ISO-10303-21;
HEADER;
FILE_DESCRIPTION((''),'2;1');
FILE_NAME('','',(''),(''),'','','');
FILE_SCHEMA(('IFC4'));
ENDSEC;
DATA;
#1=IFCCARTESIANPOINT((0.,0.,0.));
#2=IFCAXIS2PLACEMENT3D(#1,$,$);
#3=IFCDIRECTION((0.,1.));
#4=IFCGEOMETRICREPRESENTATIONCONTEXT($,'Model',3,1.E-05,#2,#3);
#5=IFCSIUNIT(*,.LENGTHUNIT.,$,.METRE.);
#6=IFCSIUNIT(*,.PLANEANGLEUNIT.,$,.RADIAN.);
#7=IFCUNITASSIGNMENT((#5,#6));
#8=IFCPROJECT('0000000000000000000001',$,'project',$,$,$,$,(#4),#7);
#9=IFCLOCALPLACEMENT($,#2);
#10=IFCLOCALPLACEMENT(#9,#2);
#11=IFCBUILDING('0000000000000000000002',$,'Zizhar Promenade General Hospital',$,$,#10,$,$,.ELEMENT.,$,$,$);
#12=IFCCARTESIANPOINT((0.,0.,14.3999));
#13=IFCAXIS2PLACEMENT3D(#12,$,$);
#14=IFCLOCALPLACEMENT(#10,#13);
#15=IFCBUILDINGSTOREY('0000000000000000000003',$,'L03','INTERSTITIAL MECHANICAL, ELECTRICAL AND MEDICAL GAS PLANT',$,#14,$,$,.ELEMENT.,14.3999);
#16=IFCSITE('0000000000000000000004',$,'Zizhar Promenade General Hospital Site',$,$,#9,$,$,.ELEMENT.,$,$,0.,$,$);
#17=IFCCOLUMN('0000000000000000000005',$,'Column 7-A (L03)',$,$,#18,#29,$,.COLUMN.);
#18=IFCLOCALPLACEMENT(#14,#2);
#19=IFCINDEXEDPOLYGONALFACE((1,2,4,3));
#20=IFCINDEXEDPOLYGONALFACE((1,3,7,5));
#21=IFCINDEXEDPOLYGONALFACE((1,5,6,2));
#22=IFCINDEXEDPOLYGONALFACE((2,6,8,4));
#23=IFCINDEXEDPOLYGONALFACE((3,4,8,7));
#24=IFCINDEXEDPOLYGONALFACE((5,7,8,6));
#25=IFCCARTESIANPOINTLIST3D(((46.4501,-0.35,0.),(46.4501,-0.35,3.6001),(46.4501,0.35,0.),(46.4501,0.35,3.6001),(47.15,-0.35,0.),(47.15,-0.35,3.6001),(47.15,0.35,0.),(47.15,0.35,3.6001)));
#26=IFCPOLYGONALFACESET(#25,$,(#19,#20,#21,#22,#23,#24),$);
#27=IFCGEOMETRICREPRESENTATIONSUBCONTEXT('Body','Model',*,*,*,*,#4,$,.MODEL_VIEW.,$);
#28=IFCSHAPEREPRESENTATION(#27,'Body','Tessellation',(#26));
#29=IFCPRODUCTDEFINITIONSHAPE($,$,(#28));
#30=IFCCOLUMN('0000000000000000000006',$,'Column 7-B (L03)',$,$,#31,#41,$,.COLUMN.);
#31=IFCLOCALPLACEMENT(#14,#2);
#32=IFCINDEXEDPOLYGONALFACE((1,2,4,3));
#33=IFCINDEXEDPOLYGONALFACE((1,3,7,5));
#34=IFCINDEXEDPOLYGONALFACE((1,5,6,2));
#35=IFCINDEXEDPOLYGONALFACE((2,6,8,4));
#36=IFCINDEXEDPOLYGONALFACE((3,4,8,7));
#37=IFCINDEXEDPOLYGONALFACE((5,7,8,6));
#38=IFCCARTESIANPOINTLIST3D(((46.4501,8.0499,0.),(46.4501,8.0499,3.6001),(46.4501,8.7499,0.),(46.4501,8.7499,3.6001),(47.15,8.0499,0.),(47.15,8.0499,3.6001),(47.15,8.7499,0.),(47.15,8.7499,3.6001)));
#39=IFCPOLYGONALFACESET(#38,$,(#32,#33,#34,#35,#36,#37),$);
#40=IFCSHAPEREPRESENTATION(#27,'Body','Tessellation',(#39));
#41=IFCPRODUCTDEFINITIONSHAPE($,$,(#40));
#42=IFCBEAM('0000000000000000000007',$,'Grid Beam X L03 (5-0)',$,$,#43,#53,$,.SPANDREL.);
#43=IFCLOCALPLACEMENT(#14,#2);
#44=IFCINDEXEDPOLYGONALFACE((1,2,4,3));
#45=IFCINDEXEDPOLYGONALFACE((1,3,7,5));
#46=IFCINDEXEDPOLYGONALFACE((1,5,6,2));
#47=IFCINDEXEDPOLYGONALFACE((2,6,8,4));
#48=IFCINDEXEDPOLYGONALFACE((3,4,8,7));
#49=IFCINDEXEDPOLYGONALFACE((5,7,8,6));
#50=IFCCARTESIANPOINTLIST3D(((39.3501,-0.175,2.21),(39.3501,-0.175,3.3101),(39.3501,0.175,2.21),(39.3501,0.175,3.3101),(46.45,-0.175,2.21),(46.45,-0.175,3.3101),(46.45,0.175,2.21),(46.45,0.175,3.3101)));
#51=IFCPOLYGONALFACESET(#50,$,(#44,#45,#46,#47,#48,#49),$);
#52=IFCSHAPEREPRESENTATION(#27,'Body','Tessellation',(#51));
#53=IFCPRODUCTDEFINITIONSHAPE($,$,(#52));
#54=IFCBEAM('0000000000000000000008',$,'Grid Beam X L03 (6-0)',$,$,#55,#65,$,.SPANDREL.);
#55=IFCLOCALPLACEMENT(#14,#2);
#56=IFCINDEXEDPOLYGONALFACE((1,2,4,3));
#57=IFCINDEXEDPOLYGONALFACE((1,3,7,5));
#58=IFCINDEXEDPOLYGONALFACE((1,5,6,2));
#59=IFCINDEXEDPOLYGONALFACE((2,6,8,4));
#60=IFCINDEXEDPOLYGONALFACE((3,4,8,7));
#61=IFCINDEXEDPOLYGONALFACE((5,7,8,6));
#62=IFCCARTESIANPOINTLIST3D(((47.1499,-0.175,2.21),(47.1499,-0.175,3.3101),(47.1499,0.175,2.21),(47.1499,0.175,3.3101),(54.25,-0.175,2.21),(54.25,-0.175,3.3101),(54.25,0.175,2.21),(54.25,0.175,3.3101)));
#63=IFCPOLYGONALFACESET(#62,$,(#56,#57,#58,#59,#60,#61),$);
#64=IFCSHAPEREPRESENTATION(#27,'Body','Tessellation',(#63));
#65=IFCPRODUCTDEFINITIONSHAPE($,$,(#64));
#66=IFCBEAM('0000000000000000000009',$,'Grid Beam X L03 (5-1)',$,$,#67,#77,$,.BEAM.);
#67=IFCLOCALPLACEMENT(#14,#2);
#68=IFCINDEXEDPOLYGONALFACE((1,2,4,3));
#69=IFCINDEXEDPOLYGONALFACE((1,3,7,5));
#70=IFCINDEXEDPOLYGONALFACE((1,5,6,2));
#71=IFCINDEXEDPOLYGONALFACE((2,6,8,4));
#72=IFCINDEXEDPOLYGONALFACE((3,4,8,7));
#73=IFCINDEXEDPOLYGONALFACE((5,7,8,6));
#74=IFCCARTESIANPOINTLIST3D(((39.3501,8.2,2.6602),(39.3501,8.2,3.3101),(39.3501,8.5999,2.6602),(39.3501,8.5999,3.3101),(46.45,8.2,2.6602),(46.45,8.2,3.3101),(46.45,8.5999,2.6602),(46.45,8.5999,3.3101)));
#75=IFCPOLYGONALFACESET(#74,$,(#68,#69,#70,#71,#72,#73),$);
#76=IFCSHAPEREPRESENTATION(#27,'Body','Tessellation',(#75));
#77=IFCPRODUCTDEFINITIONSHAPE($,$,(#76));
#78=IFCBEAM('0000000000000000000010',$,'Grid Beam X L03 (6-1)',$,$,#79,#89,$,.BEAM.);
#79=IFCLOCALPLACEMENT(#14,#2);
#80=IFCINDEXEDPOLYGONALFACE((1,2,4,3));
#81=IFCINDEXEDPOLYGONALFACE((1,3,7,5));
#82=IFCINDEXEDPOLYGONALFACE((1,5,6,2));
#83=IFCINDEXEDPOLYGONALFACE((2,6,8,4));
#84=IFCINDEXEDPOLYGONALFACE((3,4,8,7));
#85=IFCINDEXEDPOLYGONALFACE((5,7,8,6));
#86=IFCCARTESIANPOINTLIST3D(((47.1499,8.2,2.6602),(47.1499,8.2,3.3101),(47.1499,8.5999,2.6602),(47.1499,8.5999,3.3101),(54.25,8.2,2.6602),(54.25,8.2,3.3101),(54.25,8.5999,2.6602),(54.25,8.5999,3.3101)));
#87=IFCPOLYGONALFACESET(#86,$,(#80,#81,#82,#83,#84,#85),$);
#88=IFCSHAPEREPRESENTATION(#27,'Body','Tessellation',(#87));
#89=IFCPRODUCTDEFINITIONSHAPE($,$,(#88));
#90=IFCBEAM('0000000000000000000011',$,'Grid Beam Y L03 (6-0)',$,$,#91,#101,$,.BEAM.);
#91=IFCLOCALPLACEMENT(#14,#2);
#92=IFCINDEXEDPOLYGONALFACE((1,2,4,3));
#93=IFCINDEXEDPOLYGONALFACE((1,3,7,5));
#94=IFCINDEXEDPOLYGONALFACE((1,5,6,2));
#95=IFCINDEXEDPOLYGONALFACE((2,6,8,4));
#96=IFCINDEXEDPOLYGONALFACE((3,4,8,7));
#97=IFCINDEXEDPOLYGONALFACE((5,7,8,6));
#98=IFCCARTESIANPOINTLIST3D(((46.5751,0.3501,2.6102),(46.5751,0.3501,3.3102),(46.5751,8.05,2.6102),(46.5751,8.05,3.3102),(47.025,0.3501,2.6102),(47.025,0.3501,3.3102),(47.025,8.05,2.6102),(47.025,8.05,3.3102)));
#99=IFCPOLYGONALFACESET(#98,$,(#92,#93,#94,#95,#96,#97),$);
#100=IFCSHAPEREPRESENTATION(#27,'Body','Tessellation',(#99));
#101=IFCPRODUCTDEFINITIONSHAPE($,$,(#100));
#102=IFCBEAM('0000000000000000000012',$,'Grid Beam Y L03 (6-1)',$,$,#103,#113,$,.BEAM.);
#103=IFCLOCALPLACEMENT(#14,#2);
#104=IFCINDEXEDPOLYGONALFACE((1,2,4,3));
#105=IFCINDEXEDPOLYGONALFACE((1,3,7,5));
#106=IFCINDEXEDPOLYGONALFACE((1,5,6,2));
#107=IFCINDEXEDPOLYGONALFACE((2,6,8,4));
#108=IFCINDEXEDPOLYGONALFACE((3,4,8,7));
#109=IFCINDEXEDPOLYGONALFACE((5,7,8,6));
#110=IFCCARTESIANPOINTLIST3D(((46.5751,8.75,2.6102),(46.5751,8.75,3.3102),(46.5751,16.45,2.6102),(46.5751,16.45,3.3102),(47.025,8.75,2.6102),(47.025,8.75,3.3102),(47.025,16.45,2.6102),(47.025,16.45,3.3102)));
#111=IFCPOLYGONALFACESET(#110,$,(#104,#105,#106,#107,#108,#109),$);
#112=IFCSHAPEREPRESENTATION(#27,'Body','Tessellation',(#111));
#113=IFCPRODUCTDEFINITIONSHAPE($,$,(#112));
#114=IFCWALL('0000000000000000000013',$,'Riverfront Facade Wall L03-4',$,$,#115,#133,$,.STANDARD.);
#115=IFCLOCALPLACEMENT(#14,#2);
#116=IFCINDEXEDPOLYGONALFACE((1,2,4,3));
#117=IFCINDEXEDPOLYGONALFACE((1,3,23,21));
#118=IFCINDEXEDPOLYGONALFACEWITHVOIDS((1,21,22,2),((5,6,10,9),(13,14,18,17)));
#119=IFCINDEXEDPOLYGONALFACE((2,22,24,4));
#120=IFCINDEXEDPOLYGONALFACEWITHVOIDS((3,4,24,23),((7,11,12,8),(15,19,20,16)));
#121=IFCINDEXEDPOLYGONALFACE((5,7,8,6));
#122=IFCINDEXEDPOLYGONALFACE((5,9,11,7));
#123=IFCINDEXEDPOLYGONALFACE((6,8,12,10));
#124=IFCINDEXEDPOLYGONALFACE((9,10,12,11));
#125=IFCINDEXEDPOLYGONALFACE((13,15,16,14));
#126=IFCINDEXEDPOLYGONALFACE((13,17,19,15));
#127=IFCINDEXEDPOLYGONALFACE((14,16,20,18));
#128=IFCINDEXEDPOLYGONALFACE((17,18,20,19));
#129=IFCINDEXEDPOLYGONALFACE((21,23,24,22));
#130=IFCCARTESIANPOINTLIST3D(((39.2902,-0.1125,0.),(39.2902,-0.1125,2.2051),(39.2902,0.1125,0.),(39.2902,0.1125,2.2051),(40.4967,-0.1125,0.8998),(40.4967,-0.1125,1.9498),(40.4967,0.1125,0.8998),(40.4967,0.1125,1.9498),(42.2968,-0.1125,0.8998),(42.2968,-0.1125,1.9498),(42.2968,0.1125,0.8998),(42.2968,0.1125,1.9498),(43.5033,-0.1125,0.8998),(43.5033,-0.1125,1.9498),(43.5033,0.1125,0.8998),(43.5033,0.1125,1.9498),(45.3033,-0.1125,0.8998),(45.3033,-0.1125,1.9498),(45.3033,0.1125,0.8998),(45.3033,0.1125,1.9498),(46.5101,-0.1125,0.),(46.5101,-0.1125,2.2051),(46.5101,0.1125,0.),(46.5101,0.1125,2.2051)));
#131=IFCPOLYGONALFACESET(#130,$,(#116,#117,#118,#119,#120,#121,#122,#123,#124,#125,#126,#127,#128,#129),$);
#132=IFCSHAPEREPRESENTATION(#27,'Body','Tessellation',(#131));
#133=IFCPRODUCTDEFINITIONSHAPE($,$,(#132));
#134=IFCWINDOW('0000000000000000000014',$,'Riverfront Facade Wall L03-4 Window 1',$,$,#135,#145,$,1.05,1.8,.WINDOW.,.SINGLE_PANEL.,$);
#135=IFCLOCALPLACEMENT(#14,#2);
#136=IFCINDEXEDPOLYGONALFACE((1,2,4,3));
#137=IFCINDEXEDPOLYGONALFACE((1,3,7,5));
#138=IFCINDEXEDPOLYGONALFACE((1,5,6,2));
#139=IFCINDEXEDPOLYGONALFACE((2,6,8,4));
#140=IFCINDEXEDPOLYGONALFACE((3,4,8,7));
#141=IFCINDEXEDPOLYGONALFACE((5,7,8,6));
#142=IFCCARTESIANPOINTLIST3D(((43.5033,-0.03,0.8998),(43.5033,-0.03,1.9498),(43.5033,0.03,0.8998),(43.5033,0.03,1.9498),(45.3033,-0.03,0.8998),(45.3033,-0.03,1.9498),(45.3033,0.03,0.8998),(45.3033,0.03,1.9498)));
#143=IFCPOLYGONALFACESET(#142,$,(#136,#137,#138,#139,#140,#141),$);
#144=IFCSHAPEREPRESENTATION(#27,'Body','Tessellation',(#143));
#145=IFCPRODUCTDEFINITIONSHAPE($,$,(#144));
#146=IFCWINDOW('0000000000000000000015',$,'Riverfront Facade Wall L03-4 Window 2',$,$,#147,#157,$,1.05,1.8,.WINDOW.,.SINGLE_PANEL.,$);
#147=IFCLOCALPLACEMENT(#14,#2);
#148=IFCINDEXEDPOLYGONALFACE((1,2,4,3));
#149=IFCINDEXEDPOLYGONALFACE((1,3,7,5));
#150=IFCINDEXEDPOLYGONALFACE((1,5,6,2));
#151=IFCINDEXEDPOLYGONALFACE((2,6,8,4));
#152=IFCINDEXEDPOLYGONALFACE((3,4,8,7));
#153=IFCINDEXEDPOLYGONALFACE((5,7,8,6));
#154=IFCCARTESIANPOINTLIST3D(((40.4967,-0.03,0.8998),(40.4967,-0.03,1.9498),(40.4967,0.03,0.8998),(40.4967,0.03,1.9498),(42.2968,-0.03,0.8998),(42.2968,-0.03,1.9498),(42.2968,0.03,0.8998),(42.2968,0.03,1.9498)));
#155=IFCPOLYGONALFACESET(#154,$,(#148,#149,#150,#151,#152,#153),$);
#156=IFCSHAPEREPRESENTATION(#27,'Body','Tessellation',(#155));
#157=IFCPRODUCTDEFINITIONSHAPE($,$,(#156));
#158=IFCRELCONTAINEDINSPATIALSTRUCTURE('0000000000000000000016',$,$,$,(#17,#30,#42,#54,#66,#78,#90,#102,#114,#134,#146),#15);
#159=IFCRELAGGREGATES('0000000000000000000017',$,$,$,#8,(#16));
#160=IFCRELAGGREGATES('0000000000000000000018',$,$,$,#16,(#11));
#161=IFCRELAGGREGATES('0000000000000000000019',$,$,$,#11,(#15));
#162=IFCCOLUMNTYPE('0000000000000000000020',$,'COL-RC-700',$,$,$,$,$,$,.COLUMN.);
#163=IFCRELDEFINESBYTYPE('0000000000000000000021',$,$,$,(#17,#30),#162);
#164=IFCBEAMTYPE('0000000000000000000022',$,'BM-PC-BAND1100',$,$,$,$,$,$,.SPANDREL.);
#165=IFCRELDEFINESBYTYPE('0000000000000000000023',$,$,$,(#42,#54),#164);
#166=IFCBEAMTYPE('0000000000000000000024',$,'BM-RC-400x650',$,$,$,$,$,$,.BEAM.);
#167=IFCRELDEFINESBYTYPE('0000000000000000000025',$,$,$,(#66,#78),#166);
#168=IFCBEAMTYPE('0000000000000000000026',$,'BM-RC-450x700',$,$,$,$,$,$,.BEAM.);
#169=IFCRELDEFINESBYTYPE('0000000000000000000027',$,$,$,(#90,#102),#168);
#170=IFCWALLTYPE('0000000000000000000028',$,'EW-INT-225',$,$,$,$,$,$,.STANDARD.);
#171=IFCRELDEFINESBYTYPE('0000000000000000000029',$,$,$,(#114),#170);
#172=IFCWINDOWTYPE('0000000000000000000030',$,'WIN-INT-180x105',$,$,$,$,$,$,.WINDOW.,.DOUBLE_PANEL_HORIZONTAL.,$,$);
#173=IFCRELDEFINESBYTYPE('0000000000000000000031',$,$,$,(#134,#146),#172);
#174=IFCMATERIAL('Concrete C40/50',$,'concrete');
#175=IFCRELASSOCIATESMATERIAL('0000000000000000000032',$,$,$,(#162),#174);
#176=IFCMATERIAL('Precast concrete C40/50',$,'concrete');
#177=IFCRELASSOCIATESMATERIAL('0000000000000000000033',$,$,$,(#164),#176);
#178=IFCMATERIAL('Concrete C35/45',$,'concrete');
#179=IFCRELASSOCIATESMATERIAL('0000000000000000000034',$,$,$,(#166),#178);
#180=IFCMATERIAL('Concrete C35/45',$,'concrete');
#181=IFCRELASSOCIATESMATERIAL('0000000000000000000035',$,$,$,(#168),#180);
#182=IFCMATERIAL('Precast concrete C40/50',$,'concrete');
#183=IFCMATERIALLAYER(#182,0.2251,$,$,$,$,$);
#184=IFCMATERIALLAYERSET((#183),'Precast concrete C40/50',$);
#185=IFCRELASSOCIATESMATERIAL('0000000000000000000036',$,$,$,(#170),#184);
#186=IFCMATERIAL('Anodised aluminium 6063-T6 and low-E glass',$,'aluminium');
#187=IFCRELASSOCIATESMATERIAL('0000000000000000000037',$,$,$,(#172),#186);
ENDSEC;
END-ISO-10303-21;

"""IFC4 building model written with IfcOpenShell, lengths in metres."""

from ifc_helpers import new_model, si_unit, direction, frame, frame_2d, origin, origin_2d, place, context, subcontext, project, spatial, rectangle, extrude, material, layer, layer_set, material_profile, profile_set, type_object, element, fill, save


model = new_model("IFC4")

# Units and contexts
model_context = context("Model", 3, precision=1e-05, world=origin(), true_north=direction((0.0, 1.0)))
body_context = subcontext(model_context, "Body", "Model", "MODEL_VIEW")
ifc_project = project(units=[si_unit("LENGTHUNIT", "METRE"), si_unit("PLANEANGLEUNIT", "RADIAN")], contexts=[model_context])

# Site, building, storey
site_placement = place(None, origin())
site = spatial("IfcSite", under=ifc_project, at=site_placement, Name="Zizhar Promenade General Hospital Site", CompositionType="ELEMENT", RefElevation=0.0)
building_placement = place(site_placement, origin())
building = spatial("IfcBuilding", under=site, at=building_placement, Name="Zizhar Promenade General Hospital", CompositionType="ELEMENT")
storey_placement = place(building_placement, frame((0.0, 0.0, 14.3999)))
storey = spatial("IfcBuildingStorey", under=building, at=storey_placement, Name="L03", Description="INTERSTITIAL MECHANICAL, ELECTRICAL AND MEDICAL GAS PLANT", CompositionType="ELEMENT", Elevation=14.3999)

# Columns
ifc_material_1 = material(Name="Concrete C40/50", Category="concrete")
ifc_material_profile_1 = material_profile(ifc_material_1, rectangle(XDim=0.7, YDim=0.7, at=origin_2d()))
ifc_profile_set_1 = profile_set([ifc_material_profile_1], Name="Concrete C40/50")
column_type = type_object("IfcColumnType", Name="COL-RC-700", PredefinedType="COLUMN", material=ifc_profile_set_1)
for number, where, z_axis, x_axis, name in (
    (1, (46.8, 0.0, 0.0), (0.0, 0.0, 1.0), (1.0, 0.0, 0.0), "Column 7-A (L03)"),
    (2, (46.8, 8.3999, 0.0), (0.0, 0.0, 1.0), (1.0, 0.0, 0.0), "Column 7-B (L03)"),
):
    element("IfcColumn", number, at=place(storey_placement, frame(where, z_axis=z_axis, x_axis=x_axis)), inside=storey, type_object=column_type, Name=name, PredefinedType="COLUMN", context=body_context, shape_type="SweptSolid", body=[
        extrude(rectangle(XDim=0.7, YDim=0.7, at=origin_2d()), origin(), (0.0, 0.0, 1.0), 3.6001),
    ])

# Beams
ifc_material_2 = material(Name="Precast concrete C40/50", Category="concrete")
ifc_material_profile_2 = material_profile(ifc_material_2, rectangle(XDim=0.3501, YDim=1.1001, at=origin_2d()))
ifc_profile_set_2 = profile_set([ifc_material_profile_2], Name="Precast concrete C40/50")
beam_type_1 = type_object("IfcBeamType", Name="BM-PC-BAND1100", PredefinedType="SPANDREL", material=ifc_profile_set_2)
beam_1_placement = place(storey_placement, frame((39.3501, 0.0, 2.76), z_axis=(1.0, 0.0, 0.0), x_axis=(0.0, 1.0, 0.0)))
element("IfcBeam", 3, at=beam_1_placement, inside=storey, type_object=beam_type_1, Name="Grid Beam X L03 (5-0)", PredefinedType="SPANDREL", context=body_context, shape_type="SweptSolid", body=[
    extrude(rectangle(XDim=0.3501, YDim=1.1001, at=origin_2d()), origin(), (0.0, 0.0, 1.0), 7.0999),
])
beam_2_placement = place(storey_placement, frame((47.1499, 0.0, 2.76), z_axis=(1.0, 0.0, 0.0), x_axis=(0.0, 1.0, 0.0)))
element("IfcBeam", 4, at=beam_2_placement, inside=storey, type_object=beam_type_1, Name="Grid Beam X L03 (6-0)", PredefinedType="SPANDREL", context=body_context, shape_type="SweptSolid", body=[
    extrude(rectangle(XDim=0.3501, YDim=1.1001, at=origin_2d()), origin(), (0.0, 0.0, 1.0), 7.1001),
])
ifc_material_3 = material(Name="Concrete C35/45", Category="concrete")
ifc_material_profile_3 = material_profile(ifc_material_3, rectangle(XDim=0.3999, YDim=0.6499, at=origin_2d()))
ifc_profile_set_3 = profile_set([ifc_material_profile_3], Name="Concrete C35/45")
beam_type_2 = type_object("IfcBeamType", Name="BM-RC-400x650", PredefinedType="BEAM", material=ifc_profile_set_3)
beam_3_placement = place(storey_placement, frame((39.3501, 8.3999, 2.9851), z_axis=(1.0, 0.0, 0.0), x_axis=(0.0, 1.0, 0.0)))
element("IfcBeam", 5, at=beam_3_placement, inside=storey, type_object=beam_type_2, Name="Grid Beam X L03 (5-1)", PredefinedType="BEAM", context=body_context, shape_type="SweptSolid", body=[
    extrude(rectangle(XDim=0.3999, YDim=0.6499, at=origin_2d()), origin(), (0.0, 0.0, 1.0), 7.0999),
])
beam_4_placement = place(storey_placement, frame((47.1499, 8.3999, 2.9851), z_axis=(1.0, 0.0, 0.0), x_axis=(0.0, 1.0, 0.0)))
element("IfcBeam", 6, at=beam_4_placement, inside=storey, type_object=beam_type_2, Name="Grid Beam X L03 (6-1)", PredefinedType="BEAM", context=body_context, shape_type="SweptSolid", body=[
    extrude(rectangle(XDim=0.3999, YDim=0.6499, at=origin_2d()), origin(), (0.0, 0.0, 1.0), 7.1001),
])
ifc_material_4 = material(Name="Concrete C35/45", Category="concrete")
ifc_material_profile_4 = material_profile(ifc_material_4, rectangle(XDim=0.45, YDim=0.7, at=origin_2d()))
ifc_profile_set_4 = profile_set([ifc_material_profile_4], Name="Concrete C35/45")
beam_type_3 = type_object("IfcBeamType", Name="BM-RC-450x700", PredefinedType="BEAM", material=ifc_profile_set_4)
for number, where, z_axis, x_axis, name in (
    (7, (46.8, 0.3501, 2.9602), (0.0, 1.0, 0.0), (-1.0, 0.0, 0.0), "Grid Beam Y L03 (6-0)"),
    (8, (46.8, 8.75, 2.9602), (0.0, 1.0, 0.0), (-1.0, 0.0, 0.0), "Grid Beam Y L03 (6-1)"),
):
    element("IfcBeam", number, at=place(storey_placement, frame(where, z_axis=z_axis, x_axis=x_axis)), inside=storey, type_object=beam_type_3, Name=name, PredefinedType="BEAM", context=body_context, shape_type="SweptSolid", body=[
        extrude(rectangle(XDim=0.45, YDim=0.7, at=origin_2d()), origin(), (0.0, 0.0, 1.0), 7.7),
    ])

# Wall, openings, windows
ifc_material_5 = material(Name="Precast concrete C40/50", Category="concrete")
ifc_layer_1 = layer(ifc_material_5, 0.2251)
ifc_layer_set_1 = layer_set([ifc_layer_1], Name="Precast concrete C40/50")
wall_type_1 = type_object("IfcWallType", Name="EW-INT-225", PredefinedType="STANDARD", material=ifc_layer_set_1)
wall_1_placement = place(storey_placement, frame((46.51, 0.0, 0.0), z_axis=(0.0, 0.0, 1.0), x_axis=(-1.0, 0.0, 0.0)))
wall_1 = element("IfcWall", 9, at=wall_1_placement, inside=storey, type_object=wall_type_1, Name="Riverfront Facade Wall L03-4", PredefinedType="STANDARD", context=body_context, shape_type="SweptSolid", body=[
    extrude(rectangle(XDim=7.22, YDim=0.2251, at=frame_2d((3.6099, 0.0))), origin(), (0.0, 0.0, 1.0), 2.2051),
])
opening_1_placement = place(wall_1_placement, frame((1.2068, 0.0, 0.8999)))
opening_1 = element("IfcOpeningElement", 10, at=opening_1_placement, cuts=wall_1, PredefinedType="OPENING", context=body_context, shape_type="SweptSolid", body=[
    extrude(rectangle(XDim=1.8, YDim=1.05, at=frame_2d((0.8999, 0.5249))), frame((0.0, 0.1226, 0.0), z_axis=(0.0, -1.0, 0.0), x_axis=(1.0, 0.0, 0.0)), (0.0, 0.0, 1.0), 0.2451),
])
opening_2_placement = place(wall_1_placement, frame((4.2134, 0.0, 0.8999)))
opening_2 = element("IfcOpeningElement", 11, at=opening_2_placement, cuts=wall_1, PredefinedType="OPENING", context=body_context, shape_type="SweptSolid", body=[
    extrude(rectangle(XDim=1.8, YDim=1.05, at=frame_2d((0.8999, 0.5249))), frame((0.0, 0.1226, 0.0), z_axis=(0.0, -1.0, 0.0), x_axis=(1.0, 0.0, 0.0)), (0.0, 0.0, 1.0), 0.2451),
])
ifc_material_6 = material(Name="Anodised aluminium 6063-T6 and low-E glass", Category="aluminium")
window_type = type_object("IfcWindowType", Name="WIN-INT-180x105", PartitioningType="DOUBLE_PANEL_HORIZONTAL", PredefinedType="WINDOW", material=ifc_material_6)
window_1_placement = place(opening_1_placement, origin())
window_1 = element("IfcWindow", 12, at=window_1_placement, inside=storey, type_object=window_type, Name="Riverfront Facade Wall L03-4 Window 1", OverallHeight=1.05, OverallWidth=1.8, PartitioningType="SINGLE_PANEL", PredefinedType="WINDOW", context=body_context, shape_type="SweptSolid", body=[
    extrude(rectangle(XDim=1.8, YDim=1.05, at=frame_2d((0.8999, 0.5249))), frame((0.0, 0.03, 0.0), z_axis=(0.0, -1.0, 0.0), x_axis=(1.0, 0.0, 0.0)), (0.0, 0.0, 1.0), 0.0601),
])
fill(opening_1, window_1)
window_2_placement = place(opening_2_placement, origin())
window_2 = element("IfcWindow", 13, at=window_2_placement, inside=storey, type_object=window_type, Name="Riverfront Facade Wall L03-4 Window 2", OverallHeight=1.05, OverallWidth=1.8, PartitioningType="SINGLE_PANEL", PredefinedType="WINDOW", context=body_context, shape_type="SweptSolid", body=[
    extrude(rectangle(XDim=1.8, YDim=1.05, at=frame_2d((0.8999, 0.5249))), frame((0.0, 0.03, 0.0), z_axis=(0.0, -1.0, 0.0), x_axis=(1.0, 0.0, 0.0)), (0.0, 0.0, 1.0), 0.0601),
])
fill(opening_2, window_2)

save(model, "model.ifc")
